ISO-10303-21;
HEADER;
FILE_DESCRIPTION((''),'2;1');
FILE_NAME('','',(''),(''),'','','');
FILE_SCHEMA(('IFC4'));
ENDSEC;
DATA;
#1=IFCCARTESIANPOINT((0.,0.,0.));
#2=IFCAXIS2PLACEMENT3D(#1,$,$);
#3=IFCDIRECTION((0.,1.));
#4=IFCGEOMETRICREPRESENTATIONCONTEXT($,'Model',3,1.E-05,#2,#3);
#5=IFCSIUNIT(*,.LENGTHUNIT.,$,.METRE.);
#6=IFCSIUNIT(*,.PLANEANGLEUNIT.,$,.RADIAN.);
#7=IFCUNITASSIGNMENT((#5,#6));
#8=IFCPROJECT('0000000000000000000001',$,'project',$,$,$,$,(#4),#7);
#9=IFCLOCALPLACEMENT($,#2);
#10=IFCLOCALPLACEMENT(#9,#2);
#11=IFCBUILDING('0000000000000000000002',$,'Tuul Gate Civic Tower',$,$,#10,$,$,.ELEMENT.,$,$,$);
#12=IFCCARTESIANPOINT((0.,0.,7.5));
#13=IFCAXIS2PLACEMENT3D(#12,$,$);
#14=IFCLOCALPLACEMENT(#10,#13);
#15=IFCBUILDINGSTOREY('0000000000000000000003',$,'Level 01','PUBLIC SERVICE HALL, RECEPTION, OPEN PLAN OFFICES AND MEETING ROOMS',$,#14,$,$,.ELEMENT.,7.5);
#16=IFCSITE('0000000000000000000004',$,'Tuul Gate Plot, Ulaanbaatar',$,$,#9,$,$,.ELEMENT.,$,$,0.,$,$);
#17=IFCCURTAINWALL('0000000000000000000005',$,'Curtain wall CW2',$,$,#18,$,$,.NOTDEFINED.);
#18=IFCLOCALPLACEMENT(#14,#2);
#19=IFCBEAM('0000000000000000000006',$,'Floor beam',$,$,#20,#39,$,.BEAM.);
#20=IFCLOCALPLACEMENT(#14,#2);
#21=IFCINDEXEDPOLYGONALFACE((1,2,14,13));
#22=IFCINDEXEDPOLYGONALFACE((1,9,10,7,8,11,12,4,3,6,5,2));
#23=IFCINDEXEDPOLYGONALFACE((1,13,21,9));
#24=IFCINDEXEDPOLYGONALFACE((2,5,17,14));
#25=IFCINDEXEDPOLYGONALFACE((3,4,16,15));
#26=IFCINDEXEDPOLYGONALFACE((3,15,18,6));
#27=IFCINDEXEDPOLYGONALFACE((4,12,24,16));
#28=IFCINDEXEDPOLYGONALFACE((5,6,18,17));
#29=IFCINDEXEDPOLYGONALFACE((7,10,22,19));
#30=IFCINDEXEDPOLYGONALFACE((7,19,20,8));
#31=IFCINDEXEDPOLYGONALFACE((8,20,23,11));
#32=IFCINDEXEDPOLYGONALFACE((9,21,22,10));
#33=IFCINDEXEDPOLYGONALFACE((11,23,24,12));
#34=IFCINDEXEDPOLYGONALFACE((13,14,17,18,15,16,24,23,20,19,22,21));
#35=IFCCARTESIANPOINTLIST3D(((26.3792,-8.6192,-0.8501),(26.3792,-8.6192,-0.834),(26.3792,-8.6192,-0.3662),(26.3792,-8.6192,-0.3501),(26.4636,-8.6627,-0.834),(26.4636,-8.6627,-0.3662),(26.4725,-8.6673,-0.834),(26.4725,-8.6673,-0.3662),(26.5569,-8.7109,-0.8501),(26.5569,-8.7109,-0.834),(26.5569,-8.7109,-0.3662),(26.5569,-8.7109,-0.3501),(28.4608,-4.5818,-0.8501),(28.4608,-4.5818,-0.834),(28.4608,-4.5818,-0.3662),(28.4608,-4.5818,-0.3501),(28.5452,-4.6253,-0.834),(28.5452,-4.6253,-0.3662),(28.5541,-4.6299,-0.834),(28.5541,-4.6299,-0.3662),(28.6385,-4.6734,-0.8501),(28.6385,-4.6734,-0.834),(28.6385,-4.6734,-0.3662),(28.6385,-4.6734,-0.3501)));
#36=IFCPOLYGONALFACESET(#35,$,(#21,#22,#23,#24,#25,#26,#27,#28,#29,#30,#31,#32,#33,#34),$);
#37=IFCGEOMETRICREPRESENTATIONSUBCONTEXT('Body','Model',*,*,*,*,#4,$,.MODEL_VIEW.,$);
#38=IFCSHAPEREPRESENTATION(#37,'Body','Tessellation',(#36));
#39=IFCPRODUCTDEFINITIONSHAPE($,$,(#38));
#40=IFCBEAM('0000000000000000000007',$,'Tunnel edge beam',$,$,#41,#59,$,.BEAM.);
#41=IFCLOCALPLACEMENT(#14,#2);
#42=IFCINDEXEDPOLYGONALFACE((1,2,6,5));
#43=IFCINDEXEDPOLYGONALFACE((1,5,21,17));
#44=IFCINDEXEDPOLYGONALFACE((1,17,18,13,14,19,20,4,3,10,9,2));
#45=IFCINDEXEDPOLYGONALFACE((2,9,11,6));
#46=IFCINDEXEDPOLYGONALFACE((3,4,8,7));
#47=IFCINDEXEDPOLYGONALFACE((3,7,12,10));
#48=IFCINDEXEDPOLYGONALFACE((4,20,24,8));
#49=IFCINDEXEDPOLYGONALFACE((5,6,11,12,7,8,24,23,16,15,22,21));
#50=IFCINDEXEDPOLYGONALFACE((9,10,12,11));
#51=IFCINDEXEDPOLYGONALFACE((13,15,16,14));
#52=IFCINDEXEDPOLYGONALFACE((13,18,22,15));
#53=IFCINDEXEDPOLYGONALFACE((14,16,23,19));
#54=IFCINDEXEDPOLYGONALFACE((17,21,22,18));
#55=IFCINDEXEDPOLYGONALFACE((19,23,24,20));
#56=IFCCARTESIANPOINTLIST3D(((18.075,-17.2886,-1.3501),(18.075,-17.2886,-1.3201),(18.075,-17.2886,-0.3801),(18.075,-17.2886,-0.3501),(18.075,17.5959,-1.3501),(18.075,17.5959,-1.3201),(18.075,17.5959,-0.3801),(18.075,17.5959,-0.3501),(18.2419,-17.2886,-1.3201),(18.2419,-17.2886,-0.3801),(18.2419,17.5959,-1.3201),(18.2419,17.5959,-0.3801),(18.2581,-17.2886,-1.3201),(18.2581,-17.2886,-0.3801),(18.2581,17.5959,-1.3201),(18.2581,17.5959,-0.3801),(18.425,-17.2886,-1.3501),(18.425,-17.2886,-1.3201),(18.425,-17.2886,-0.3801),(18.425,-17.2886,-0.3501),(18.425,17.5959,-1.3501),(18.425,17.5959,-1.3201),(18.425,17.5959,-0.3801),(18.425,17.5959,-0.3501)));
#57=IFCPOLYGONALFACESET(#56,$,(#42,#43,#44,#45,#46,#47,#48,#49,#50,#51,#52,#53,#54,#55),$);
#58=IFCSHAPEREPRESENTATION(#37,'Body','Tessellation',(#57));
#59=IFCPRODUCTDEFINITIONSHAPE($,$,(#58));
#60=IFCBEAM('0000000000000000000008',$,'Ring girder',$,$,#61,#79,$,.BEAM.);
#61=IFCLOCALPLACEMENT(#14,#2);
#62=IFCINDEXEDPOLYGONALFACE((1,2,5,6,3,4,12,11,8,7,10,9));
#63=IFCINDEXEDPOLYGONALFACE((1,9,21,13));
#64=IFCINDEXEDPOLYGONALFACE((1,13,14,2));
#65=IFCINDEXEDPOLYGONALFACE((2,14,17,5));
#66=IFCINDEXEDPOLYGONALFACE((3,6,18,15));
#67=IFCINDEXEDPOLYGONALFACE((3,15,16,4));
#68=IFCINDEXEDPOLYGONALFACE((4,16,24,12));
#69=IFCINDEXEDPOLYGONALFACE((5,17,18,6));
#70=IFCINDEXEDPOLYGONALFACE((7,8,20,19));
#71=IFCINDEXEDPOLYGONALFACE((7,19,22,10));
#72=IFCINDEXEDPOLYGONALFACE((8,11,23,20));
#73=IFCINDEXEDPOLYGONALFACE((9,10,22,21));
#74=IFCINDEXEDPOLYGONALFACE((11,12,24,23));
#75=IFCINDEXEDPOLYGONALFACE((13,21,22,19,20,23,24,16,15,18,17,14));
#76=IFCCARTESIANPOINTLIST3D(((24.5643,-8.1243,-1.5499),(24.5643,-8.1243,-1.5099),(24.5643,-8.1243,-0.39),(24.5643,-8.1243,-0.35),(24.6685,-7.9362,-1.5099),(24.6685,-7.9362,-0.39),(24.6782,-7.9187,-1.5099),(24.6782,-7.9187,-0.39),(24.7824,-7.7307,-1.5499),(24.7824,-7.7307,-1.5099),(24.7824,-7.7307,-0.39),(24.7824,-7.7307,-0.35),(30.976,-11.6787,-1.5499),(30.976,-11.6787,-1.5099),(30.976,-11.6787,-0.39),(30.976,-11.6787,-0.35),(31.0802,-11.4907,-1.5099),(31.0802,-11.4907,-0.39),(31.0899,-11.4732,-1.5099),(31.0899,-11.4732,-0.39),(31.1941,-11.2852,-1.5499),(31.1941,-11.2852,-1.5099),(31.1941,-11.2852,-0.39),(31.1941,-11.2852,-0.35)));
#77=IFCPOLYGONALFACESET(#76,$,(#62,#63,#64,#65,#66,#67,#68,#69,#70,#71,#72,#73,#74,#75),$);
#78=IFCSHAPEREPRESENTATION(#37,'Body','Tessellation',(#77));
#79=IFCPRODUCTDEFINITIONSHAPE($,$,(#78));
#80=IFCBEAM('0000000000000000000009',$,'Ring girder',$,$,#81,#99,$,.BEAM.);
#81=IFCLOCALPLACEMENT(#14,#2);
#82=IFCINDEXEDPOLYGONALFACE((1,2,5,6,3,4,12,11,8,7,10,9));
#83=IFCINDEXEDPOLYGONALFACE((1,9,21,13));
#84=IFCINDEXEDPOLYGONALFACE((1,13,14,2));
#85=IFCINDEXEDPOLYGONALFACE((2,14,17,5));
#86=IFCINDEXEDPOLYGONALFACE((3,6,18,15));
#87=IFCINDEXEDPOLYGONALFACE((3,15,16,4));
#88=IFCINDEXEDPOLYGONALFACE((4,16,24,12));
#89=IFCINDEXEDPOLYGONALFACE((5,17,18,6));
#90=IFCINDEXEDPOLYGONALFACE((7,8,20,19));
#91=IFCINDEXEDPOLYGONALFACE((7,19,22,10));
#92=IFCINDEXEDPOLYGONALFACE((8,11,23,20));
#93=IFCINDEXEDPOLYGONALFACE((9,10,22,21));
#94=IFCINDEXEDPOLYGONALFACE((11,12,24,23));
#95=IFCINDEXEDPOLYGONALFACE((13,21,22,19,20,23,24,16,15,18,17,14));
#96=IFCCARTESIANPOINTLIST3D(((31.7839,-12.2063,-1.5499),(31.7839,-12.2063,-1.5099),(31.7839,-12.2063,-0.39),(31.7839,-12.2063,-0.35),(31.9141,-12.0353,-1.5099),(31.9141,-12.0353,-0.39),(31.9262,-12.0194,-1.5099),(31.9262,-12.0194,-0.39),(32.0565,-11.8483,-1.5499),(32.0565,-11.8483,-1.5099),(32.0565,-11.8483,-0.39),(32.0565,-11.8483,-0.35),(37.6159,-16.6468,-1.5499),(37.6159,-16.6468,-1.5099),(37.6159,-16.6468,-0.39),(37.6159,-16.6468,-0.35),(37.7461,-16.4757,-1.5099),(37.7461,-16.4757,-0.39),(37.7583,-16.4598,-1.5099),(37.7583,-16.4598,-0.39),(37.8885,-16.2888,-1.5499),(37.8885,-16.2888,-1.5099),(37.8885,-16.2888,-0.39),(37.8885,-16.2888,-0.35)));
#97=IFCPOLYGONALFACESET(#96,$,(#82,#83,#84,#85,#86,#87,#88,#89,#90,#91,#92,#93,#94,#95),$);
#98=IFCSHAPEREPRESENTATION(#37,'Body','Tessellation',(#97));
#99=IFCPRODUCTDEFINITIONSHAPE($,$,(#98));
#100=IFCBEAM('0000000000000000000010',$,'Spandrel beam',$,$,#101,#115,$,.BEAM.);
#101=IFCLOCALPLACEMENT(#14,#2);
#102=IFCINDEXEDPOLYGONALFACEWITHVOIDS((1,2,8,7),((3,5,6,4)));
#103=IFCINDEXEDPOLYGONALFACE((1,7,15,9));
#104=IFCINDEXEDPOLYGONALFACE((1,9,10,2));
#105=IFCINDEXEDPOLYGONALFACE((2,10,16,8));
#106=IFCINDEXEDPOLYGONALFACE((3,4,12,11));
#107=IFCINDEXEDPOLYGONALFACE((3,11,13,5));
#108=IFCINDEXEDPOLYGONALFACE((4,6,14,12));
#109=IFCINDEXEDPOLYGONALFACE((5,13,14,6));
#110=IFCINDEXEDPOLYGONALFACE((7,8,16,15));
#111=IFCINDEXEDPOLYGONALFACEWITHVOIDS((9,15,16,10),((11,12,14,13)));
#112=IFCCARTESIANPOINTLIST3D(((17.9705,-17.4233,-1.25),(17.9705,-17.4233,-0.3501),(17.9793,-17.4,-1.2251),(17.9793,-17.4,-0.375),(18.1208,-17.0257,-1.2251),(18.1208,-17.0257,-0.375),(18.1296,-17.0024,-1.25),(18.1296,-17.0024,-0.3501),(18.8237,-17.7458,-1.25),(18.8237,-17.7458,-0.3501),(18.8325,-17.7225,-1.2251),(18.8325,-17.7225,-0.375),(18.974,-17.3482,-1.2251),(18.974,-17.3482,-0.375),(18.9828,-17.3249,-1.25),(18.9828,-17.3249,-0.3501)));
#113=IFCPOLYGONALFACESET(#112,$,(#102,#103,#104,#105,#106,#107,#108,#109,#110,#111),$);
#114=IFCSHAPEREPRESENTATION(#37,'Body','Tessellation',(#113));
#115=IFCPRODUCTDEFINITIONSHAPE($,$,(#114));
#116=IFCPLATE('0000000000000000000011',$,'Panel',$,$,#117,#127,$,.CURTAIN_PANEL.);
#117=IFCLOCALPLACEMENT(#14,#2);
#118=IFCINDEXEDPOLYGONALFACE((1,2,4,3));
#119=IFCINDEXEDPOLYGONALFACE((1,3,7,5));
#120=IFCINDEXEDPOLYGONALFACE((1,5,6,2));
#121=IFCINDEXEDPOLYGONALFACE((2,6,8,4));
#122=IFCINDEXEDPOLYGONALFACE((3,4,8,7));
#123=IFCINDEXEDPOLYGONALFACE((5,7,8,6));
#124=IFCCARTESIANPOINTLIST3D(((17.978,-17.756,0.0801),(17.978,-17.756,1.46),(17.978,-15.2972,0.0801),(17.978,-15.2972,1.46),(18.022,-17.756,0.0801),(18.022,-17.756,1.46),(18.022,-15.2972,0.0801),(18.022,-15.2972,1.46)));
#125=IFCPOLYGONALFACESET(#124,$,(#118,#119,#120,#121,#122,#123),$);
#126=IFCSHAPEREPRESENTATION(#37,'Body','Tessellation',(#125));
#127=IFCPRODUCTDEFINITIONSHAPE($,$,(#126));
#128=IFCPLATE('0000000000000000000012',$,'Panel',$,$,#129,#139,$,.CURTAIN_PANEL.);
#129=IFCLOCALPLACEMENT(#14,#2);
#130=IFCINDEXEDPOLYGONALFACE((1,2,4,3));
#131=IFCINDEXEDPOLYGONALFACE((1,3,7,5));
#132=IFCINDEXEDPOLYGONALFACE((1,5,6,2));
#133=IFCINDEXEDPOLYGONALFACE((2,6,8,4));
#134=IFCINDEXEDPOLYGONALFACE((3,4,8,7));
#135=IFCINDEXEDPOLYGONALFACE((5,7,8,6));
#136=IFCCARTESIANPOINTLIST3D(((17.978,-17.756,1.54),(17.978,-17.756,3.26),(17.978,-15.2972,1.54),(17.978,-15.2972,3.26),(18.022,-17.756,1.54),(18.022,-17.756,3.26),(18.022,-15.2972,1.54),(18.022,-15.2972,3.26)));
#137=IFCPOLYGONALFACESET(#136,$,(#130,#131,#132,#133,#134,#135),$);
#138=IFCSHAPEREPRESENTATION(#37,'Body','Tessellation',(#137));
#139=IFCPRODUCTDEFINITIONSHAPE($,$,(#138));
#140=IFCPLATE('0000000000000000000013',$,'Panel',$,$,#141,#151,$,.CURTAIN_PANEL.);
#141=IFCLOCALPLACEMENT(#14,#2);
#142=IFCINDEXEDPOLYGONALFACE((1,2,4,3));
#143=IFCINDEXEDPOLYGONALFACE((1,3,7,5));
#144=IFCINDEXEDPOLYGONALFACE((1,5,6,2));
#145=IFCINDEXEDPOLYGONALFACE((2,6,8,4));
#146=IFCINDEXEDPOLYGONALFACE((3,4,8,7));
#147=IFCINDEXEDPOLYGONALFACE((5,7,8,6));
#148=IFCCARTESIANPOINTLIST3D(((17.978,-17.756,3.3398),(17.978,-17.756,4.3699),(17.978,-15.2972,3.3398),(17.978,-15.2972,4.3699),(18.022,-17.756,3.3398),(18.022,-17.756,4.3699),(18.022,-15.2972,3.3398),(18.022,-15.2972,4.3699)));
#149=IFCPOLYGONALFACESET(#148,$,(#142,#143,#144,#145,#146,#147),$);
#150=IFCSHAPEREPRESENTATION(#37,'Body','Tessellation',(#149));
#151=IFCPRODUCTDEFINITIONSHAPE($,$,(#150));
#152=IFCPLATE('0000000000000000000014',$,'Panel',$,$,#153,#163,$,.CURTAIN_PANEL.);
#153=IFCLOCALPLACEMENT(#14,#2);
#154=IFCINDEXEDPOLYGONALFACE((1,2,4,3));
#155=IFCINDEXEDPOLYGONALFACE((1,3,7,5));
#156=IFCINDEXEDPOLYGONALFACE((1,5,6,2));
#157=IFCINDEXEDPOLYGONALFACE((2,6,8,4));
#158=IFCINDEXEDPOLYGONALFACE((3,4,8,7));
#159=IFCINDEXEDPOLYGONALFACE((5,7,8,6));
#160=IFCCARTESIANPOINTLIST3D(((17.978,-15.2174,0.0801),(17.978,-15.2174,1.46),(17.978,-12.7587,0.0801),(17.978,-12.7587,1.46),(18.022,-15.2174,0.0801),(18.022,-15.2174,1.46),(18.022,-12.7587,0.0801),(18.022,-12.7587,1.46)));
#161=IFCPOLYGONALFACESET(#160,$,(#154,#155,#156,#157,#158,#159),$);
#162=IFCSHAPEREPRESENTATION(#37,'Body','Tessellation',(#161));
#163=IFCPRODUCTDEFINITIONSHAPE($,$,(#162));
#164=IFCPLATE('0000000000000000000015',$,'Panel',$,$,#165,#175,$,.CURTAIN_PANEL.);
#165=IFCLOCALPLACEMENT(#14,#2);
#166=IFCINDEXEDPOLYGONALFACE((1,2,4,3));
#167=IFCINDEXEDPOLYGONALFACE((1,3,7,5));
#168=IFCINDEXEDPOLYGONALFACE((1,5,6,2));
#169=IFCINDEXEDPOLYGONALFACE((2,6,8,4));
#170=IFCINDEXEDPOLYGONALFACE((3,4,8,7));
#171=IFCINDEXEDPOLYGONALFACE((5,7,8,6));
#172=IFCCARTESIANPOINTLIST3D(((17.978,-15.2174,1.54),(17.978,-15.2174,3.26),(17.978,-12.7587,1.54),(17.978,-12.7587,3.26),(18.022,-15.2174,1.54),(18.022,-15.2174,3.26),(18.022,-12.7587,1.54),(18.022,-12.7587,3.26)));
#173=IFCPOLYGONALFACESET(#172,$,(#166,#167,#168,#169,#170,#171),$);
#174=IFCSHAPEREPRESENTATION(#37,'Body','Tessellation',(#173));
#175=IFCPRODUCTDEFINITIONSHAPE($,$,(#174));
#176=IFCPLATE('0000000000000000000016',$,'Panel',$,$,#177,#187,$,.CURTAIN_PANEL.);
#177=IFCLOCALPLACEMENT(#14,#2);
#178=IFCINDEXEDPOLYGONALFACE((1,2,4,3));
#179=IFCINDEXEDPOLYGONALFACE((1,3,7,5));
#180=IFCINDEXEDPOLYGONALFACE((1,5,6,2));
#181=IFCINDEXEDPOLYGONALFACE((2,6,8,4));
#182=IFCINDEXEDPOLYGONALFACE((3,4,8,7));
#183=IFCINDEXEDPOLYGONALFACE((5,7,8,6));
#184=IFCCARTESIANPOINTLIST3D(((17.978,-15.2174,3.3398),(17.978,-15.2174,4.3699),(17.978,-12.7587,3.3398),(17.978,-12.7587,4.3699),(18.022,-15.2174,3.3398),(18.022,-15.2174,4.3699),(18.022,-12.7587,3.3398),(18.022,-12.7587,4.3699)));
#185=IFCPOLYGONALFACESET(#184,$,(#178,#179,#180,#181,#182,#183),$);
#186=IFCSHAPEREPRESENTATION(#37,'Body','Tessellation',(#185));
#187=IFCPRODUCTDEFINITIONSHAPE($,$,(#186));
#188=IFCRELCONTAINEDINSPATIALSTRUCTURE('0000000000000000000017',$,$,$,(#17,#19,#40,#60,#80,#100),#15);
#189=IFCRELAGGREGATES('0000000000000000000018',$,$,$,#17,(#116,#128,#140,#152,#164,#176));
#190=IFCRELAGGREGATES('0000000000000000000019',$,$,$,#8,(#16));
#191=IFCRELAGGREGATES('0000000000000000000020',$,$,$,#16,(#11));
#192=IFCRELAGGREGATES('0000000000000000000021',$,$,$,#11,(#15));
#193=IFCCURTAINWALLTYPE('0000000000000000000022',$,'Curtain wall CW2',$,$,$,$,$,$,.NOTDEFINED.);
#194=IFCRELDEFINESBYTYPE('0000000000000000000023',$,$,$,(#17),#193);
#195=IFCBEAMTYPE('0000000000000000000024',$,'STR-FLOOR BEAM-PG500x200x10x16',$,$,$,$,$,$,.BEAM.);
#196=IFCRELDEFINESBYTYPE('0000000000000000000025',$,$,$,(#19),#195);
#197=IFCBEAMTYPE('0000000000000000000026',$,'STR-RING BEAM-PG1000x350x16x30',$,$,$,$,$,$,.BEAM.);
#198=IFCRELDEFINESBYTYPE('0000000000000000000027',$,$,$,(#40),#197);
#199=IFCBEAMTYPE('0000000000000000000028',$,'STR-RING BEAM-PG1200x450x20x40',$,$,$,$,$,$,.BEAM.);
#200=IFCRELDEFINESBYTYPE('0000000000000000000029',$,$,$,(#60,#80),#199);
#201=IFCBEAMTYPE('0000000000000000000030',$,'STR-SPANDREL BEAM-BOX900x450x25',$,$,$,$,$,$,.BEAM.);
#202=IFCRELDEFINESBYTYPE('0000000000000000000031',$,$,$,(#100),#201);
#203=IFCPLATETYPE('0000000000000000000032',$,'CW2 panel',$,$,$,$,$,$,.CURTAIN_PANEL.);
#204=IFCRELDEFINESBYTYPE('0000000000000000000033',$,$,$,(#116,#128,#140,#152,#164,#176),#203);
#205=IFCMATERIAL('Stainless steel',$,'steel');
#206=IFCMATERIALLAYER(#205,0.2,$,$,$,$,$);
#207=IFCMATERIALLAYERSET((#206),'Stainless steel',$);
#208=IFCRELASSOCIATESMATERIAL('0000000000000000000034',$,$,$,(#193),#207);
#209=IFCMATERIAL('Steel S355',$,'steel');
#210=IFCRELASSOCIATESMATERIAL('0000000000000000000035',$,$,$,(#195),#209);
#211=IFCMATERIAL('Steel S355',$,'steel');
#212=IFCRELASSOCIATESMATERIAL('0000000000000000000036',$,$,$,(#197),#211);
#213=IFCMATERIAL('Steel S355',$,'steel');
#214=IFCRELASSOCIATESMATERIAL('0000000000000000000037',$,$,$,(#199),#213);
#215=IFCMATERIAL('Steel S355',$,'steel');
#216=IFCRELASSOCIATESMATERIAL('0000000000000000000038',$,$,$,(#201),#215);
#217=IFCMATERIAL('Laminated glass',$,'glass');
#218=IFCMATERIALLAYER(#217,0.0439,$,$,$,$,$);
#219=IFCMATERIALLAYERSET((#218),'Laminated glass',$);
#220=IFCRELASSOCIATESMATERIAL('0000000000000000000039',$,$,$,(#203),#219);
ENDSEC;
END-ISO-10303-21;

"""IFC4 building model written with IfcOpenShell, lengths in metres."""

from ifc_helpers import new_model, si_unit, direction, frame, origin, origin_2d, place, context, subcontext, project, spatial, rectangle, hollow_rectangle, i_section, extrude, material, layer, layer_set, material_profile, profile_set, type_object, element, aggregate, save


model = new_model("IFC4")

# Units and contexts
model_context = context("Model", 3, precision=1e-05, world=origin(), true_north=direction((0.0, 1.0)))
body_context = subcontext(model_context, "Body", "Model", "MODEL_VIEW")
ifc_project = project(units=[si_unit("LENGTHUNIT", "METRE"), si_unit("PLANEANGLEUNIT", "RADIAN")], contexts=[model_context])

# Site, building, storey
site_placement = place(None, origin())
site = spatial("IfcSite", under=ifc_project, at=site_placement, Name="Tuul Gate Plot, Ulaanbaatar", CompositionType="ELEMENT", RefElevation=0.0)
building_placement = place(site_placement, origin())
building = spatial("IfcBuilding", under=site, at=building_placement, Name="Tuul Gate Civic Tower", CompositionType="ELEMENT")
storey_placement = place(building_placement, frame((0.0, 0.0, 7.5)))
storey = spatial("IfcBuildingStorey", under=building, at=storey_placement, Name="Level 01", Description="PUBLIC SERVICE HALL, RECEPTION, OPEN PLAN OFFICES AND MEETING ROOMS", CompositionType="ELEMENT", Elevation=7.5)

# Curtain wall
ifc_material_1 = material(Name="Stainless steel", Category="steel")
ifc_layer_1 = layer(ifc_material_1, 0.2)
ifc_layer_set_1 = layer_set([ifc_layer_1], Name="Stainless steel")
curtain_wall_type = type_object("IfcCurtainWallType", Name="Curtain wall CW2", PredefinedType="NOTDEFINED", material=ifc_layer_set_1)
curtain_wall_1_placement = place(storey_placement, origin())
curtain_wall_1 = element("IfcCurtainWall", 1, at=curtain_wall_1_placement, inside=storey, type_object=curtain_wall_type, Name="Curtain wall CW2", PredefinedType="NOTDEFINED")

# Beams
ifc_material_2 = material(Name="Steel S355", Category="steel")
ifc_material_profile_1 = material_profile(ifc_material_2, i_section(OverallWidth=0.2, OverallDepth=0.5, WebThickness=0.01, FlangeThickness=0.0161, at=origin_2d()), Name="PG500x200x10x16")
ifc_profile_set_1 = profile_set([ifc_material_profile_1], Name="Steel S355")
beam_type_1 = type_object("IfcBeamType", Name="STR-FLOOR BEAM-PG500x200x10x16", PredefinedType="BEAM", material=ifc_profile_set_1)
beam_1_placement = place(storey_placement, frame((26.468, -8.665, -0.6001), z_axis=(0.458251, 0.888823, 0.0), x_axis=(-0.888823, 0.458251, 0.0)))
element("IfcBeam", 2, at=beam_1_placement, inside=storey, type_object=beam_type_1, Name="Floor beam", PredefinedType="BEAM", context=body_context, shape_type="SweptSolid", body=[
    extrude(i_section(OverallWidth=0.2, OverallDepth=0.5, WebThickness=0.01, FlangeThickness=0.0161, at=origin_2d()), origin(), (0.0, 0.0, 1.0), 4.5425),
])
ifc_material_3 = material(Name="Steel S355", Category="steel")
ifc_material_profile_2 = material_profile(ifc_material_3, i_section(OverallWidth=0.3501, OverallDepth=1.0, WebThickness=0.0161, FlangeThickness=0.03, at=origin_2d()), Name="PG1000x350x16x30")
ifc_profile_set_2 = profile_set([ifc_material_profile_2], Name="Steel S355")
beam_type_2 = type_object("IfcBeamType", Name="STR-RING BEAM-PG1000x350x16x30", PredefinedType="BEAM", material=ifc_profile_set_2)
beam_2_placement = place(storey_placement, frame((18.25, -17.2886, -0.8501), z_axis=(0.0, 1.0, 0.0), x_axis=(-1.0, 0.0, 0.0)))
element("IfcBeam", 3, at=beam_2_placement, inside=storey, type_object=beam_type_2, Name="Tunnel edge beam", PredefinedType="BEAM", context=body_context, shape_type="SweptSolid", body=[
    extrude(i_section(OverallWidth=0.3501, OverallDepth=1.0, WebThickness=0.0161, FlangeThickness=0.03, at=origin_2d()), origin(), (0.0, 0.0, 1.0), 34.8845),
])
ifc_material_4 = material(Name="Steel S355", Category="steel")
ifc_material_profile_3 = material_profile(ifc_material_4, i_section(OverallWidth=0.45, OverallDepth=1.2, WebThickness=0.02, FlangeThickness=0.04, at=origin_2d()), Name="PG1200x450x20x40")
ifc_profile_set_3 = profile_set([ifc_material_profile_3], Name="Steel S355")
beam_type_3 = type_object("IfcBeamType", Name="STR-RING BEAM-PG1200x450x20x40", PredefinedType="BEAM", material=ifc_profile_set_3)
beam_3_placement = place(storey_placement, frame((24.6733, -7.9275, -0.95), z_axis=(0.874595, -0.484854, 0.0), x_axis=(0.484854, 0.874595, 0.0)))
element("IfcBeam", 4, at=beam_3_placement, inside=storey, type_object=beam_type_3, Name="Ring girder", PredefinedType="BEAM", context=body_context, shape_type="SweptSolid", body=[
    extrude(i_section(OverallWidth=0.45, OverallDepth=1.2, WebThickness=0.02, FlangeThickness=0.04, at=origin_2d()), origin(), (0.0, 0.0, 1.0), 7.3311),
])
beam_4_placement = place(storey_placement, frame((31.9202, -12.0273, -0.95), z_axis=(0.79563, -0.605782, 0.0), x_axis=(0.605782, 0.79563, 0.0)))
element("IfcBeam", 5, at=beam_4_placement, inside=storey, type_object=beam_type_3, Name="Ring girder", PredefinedType="BEAM", context=body_context, shape_type="SweptSolid", body=[
    extrude(i_section(OverallWidth=0.45, OverallDepth=1.2, WebThickness=0.02, FlangeThickness=0.04, at=origin_2d()), origin(), (0.0, 0.0, 1.0), 7.3301),
])
ifc_material_5 = material(Name="Steel S355", Category="steel")
ifc_material_profile_4 = material_profile(ifc_material_5, hollow_rectangle(XDim=0.45, YDim=0.8999, WallThickness=0.0249, at=origin_2d()), Name="BOX900x450x25")
ifc_profile_set_4 = profile_set([ifc_material_profile_4], Name="Steel S355")
beam_type_4 = type_object("IfcBeamType", Name="STR-SPANDREL BEAM-BOX900x450x25", PredefinedType="BEAM", material=ifc_profile_set_4)
beam_5_placement = place(storey_placement, frame((18.05, -17.2129, -0.8), z_axis=(0.935413, -0.353557, 0.0), x_axis=(0.353557, 0.935413, 0.0)))
element("IfcBeam", 6, at=beam_5_placement, inside=storey, type_object=beam_type_4, Name="Spandrel beam", PredefinedType="BEAM", context=body_context, shape_type="SweptSolid", body=[
    extrude(hollow_rectangle(XDim=0.45, YDim=0.8999, WallThickness=0.0249, at=origin_2d()), origin(), (0.0, 0.0, 1.0), 0.9121),
])

# Plates
ifc_material_6 = material(Name="Laminated glass", Category="glass")
ifc_layer_2 = layer(ifc_material_6, 0.0439)
ifc_layer_set_2 = layer_set([ifc_layer_2], Name="Laminated glass")
plate_type = type_object("IfcPlateType", Name="CW2 panel", PredefinedType="CURTAIN_PANEL", material=ifc_layer_set_2)
plate_1_placement = place(storey_placement, frame((18.0, -16.5266, 0.0801), z_axis=(0.0, 0.0, 1.0), x_axis=(0.0, 1.0, 0.0)))
plate_1 = element("IfcPlate", 7, at=plate_1_placement, type_object=plate_type, Name="Panel", PredefinedType="CURTAIN_PANEL", context=body_context, shape_type="SweptSolid", body=[
    extrude(rectangle(XDim=2.4587, YDim=0.0439, at=origin_2d()), origin(), (0.0, 0.0, 1.0), 1.3799),
])
plate_2_placement = place(storey_placement, frame((18.0, -16.5266, 1.54), z_axis=(0.0, 0.0, 1.0), x_axis=(0.0, 1.0, 0.0)))
plate_2 = element("IfcPlate", 8, at=plate_2_placement, type_object=plate_type, Name="Panel", PredefinedType="CURTAIN_PANEL", context=body_context, shape_type="SweptSolid", body=[
    extrude(rectangle(XDim=2.4587, YDim=0.0439, at=origin_2d()), origin(), (0.0, 0.0, 1.0), 1.72),
])
plate_3_placement = place(storey_placement, frame((18.0, -16.5266, 3.3398), z_axis=(0.0, 0.0, 1.0), x_axis=(0.0, 1.0, 0.0)))
plate_3 = element("IfcPlate", 9, at=plate_3_placement, type_object=plate_type, Name="Panel", PredefinedType="CURTAIN_PANEL", context=body_context, shape_type="SweptSolid", body=[
    extrude(rectangle(XDim=2.4587, YDim=0.0439, at=origin_2d()), origin(), (0.0, 0.0, 1.0), 1.03),
])
plate_4_placement = place(storey_placement, frame((18.0, -13.988, 0.0801), z_axis=(0.0, 0.0, 1.0), x_axis=(0.0, 1.0, 0.0)))
plate_4 = element("IfcPlate", 10, at=plate_4_placement, type_object=plate_type, Name="Panel", PredefinedType="CURTAIN_PANEL", context=body_context, shape_type="SweptSolid", body=[
    extrude(rectangle(XDim=2.4587, YDim=0.0439, at=origin_2d()), origin(), (0.0, 0.0, 1.0), 1.3799),
])
plate_5_placement = place(storey_placement, frame((18.0, -13.988, 1.54), z_axis=(0.0, 0.0, 1.0), x_axis=(0.0, 1.0, 0.0)))
plate_5 = element("IfcPlate", 11, at=plate_5_placement, type_object=plate_type, Name="Panel", PredefinedType="CURTAIN_PANEL", context=body_context, shape_type="SweptSolid", body=[
    extrude(rectangle(XDim=2.4587, YDim=0.0439, at=origin_2d()), origin(), (0.0, 0.0, 1.0), 1.72),
])
plate_6_placement = place(storey_placement, frame((18.0, -13.988, 3.3398), z_axis=(0.0, 0.0, 1.0), x_axis=(0.0, 1.0, 0.0)))
plate_6 = element("IfcPlate", 12, at=plate_6_placement, type_object=plate_type, Name="Panel", PredefinedType="CURTAIN_PANEL", context=body_context, shape_type="SweptSolid", body=[
    extrude(rectangle(XDim=2.4587, YDim=0.0439, at=origin_2d()), origin(), (0.0, 0.0, 1.0), 1.03),
])
aggregate(curtain_wall_1, [plate_1, plate_2, plate_3, plate_4, plate_5, plate_6])

save(model, "model.ifc")
